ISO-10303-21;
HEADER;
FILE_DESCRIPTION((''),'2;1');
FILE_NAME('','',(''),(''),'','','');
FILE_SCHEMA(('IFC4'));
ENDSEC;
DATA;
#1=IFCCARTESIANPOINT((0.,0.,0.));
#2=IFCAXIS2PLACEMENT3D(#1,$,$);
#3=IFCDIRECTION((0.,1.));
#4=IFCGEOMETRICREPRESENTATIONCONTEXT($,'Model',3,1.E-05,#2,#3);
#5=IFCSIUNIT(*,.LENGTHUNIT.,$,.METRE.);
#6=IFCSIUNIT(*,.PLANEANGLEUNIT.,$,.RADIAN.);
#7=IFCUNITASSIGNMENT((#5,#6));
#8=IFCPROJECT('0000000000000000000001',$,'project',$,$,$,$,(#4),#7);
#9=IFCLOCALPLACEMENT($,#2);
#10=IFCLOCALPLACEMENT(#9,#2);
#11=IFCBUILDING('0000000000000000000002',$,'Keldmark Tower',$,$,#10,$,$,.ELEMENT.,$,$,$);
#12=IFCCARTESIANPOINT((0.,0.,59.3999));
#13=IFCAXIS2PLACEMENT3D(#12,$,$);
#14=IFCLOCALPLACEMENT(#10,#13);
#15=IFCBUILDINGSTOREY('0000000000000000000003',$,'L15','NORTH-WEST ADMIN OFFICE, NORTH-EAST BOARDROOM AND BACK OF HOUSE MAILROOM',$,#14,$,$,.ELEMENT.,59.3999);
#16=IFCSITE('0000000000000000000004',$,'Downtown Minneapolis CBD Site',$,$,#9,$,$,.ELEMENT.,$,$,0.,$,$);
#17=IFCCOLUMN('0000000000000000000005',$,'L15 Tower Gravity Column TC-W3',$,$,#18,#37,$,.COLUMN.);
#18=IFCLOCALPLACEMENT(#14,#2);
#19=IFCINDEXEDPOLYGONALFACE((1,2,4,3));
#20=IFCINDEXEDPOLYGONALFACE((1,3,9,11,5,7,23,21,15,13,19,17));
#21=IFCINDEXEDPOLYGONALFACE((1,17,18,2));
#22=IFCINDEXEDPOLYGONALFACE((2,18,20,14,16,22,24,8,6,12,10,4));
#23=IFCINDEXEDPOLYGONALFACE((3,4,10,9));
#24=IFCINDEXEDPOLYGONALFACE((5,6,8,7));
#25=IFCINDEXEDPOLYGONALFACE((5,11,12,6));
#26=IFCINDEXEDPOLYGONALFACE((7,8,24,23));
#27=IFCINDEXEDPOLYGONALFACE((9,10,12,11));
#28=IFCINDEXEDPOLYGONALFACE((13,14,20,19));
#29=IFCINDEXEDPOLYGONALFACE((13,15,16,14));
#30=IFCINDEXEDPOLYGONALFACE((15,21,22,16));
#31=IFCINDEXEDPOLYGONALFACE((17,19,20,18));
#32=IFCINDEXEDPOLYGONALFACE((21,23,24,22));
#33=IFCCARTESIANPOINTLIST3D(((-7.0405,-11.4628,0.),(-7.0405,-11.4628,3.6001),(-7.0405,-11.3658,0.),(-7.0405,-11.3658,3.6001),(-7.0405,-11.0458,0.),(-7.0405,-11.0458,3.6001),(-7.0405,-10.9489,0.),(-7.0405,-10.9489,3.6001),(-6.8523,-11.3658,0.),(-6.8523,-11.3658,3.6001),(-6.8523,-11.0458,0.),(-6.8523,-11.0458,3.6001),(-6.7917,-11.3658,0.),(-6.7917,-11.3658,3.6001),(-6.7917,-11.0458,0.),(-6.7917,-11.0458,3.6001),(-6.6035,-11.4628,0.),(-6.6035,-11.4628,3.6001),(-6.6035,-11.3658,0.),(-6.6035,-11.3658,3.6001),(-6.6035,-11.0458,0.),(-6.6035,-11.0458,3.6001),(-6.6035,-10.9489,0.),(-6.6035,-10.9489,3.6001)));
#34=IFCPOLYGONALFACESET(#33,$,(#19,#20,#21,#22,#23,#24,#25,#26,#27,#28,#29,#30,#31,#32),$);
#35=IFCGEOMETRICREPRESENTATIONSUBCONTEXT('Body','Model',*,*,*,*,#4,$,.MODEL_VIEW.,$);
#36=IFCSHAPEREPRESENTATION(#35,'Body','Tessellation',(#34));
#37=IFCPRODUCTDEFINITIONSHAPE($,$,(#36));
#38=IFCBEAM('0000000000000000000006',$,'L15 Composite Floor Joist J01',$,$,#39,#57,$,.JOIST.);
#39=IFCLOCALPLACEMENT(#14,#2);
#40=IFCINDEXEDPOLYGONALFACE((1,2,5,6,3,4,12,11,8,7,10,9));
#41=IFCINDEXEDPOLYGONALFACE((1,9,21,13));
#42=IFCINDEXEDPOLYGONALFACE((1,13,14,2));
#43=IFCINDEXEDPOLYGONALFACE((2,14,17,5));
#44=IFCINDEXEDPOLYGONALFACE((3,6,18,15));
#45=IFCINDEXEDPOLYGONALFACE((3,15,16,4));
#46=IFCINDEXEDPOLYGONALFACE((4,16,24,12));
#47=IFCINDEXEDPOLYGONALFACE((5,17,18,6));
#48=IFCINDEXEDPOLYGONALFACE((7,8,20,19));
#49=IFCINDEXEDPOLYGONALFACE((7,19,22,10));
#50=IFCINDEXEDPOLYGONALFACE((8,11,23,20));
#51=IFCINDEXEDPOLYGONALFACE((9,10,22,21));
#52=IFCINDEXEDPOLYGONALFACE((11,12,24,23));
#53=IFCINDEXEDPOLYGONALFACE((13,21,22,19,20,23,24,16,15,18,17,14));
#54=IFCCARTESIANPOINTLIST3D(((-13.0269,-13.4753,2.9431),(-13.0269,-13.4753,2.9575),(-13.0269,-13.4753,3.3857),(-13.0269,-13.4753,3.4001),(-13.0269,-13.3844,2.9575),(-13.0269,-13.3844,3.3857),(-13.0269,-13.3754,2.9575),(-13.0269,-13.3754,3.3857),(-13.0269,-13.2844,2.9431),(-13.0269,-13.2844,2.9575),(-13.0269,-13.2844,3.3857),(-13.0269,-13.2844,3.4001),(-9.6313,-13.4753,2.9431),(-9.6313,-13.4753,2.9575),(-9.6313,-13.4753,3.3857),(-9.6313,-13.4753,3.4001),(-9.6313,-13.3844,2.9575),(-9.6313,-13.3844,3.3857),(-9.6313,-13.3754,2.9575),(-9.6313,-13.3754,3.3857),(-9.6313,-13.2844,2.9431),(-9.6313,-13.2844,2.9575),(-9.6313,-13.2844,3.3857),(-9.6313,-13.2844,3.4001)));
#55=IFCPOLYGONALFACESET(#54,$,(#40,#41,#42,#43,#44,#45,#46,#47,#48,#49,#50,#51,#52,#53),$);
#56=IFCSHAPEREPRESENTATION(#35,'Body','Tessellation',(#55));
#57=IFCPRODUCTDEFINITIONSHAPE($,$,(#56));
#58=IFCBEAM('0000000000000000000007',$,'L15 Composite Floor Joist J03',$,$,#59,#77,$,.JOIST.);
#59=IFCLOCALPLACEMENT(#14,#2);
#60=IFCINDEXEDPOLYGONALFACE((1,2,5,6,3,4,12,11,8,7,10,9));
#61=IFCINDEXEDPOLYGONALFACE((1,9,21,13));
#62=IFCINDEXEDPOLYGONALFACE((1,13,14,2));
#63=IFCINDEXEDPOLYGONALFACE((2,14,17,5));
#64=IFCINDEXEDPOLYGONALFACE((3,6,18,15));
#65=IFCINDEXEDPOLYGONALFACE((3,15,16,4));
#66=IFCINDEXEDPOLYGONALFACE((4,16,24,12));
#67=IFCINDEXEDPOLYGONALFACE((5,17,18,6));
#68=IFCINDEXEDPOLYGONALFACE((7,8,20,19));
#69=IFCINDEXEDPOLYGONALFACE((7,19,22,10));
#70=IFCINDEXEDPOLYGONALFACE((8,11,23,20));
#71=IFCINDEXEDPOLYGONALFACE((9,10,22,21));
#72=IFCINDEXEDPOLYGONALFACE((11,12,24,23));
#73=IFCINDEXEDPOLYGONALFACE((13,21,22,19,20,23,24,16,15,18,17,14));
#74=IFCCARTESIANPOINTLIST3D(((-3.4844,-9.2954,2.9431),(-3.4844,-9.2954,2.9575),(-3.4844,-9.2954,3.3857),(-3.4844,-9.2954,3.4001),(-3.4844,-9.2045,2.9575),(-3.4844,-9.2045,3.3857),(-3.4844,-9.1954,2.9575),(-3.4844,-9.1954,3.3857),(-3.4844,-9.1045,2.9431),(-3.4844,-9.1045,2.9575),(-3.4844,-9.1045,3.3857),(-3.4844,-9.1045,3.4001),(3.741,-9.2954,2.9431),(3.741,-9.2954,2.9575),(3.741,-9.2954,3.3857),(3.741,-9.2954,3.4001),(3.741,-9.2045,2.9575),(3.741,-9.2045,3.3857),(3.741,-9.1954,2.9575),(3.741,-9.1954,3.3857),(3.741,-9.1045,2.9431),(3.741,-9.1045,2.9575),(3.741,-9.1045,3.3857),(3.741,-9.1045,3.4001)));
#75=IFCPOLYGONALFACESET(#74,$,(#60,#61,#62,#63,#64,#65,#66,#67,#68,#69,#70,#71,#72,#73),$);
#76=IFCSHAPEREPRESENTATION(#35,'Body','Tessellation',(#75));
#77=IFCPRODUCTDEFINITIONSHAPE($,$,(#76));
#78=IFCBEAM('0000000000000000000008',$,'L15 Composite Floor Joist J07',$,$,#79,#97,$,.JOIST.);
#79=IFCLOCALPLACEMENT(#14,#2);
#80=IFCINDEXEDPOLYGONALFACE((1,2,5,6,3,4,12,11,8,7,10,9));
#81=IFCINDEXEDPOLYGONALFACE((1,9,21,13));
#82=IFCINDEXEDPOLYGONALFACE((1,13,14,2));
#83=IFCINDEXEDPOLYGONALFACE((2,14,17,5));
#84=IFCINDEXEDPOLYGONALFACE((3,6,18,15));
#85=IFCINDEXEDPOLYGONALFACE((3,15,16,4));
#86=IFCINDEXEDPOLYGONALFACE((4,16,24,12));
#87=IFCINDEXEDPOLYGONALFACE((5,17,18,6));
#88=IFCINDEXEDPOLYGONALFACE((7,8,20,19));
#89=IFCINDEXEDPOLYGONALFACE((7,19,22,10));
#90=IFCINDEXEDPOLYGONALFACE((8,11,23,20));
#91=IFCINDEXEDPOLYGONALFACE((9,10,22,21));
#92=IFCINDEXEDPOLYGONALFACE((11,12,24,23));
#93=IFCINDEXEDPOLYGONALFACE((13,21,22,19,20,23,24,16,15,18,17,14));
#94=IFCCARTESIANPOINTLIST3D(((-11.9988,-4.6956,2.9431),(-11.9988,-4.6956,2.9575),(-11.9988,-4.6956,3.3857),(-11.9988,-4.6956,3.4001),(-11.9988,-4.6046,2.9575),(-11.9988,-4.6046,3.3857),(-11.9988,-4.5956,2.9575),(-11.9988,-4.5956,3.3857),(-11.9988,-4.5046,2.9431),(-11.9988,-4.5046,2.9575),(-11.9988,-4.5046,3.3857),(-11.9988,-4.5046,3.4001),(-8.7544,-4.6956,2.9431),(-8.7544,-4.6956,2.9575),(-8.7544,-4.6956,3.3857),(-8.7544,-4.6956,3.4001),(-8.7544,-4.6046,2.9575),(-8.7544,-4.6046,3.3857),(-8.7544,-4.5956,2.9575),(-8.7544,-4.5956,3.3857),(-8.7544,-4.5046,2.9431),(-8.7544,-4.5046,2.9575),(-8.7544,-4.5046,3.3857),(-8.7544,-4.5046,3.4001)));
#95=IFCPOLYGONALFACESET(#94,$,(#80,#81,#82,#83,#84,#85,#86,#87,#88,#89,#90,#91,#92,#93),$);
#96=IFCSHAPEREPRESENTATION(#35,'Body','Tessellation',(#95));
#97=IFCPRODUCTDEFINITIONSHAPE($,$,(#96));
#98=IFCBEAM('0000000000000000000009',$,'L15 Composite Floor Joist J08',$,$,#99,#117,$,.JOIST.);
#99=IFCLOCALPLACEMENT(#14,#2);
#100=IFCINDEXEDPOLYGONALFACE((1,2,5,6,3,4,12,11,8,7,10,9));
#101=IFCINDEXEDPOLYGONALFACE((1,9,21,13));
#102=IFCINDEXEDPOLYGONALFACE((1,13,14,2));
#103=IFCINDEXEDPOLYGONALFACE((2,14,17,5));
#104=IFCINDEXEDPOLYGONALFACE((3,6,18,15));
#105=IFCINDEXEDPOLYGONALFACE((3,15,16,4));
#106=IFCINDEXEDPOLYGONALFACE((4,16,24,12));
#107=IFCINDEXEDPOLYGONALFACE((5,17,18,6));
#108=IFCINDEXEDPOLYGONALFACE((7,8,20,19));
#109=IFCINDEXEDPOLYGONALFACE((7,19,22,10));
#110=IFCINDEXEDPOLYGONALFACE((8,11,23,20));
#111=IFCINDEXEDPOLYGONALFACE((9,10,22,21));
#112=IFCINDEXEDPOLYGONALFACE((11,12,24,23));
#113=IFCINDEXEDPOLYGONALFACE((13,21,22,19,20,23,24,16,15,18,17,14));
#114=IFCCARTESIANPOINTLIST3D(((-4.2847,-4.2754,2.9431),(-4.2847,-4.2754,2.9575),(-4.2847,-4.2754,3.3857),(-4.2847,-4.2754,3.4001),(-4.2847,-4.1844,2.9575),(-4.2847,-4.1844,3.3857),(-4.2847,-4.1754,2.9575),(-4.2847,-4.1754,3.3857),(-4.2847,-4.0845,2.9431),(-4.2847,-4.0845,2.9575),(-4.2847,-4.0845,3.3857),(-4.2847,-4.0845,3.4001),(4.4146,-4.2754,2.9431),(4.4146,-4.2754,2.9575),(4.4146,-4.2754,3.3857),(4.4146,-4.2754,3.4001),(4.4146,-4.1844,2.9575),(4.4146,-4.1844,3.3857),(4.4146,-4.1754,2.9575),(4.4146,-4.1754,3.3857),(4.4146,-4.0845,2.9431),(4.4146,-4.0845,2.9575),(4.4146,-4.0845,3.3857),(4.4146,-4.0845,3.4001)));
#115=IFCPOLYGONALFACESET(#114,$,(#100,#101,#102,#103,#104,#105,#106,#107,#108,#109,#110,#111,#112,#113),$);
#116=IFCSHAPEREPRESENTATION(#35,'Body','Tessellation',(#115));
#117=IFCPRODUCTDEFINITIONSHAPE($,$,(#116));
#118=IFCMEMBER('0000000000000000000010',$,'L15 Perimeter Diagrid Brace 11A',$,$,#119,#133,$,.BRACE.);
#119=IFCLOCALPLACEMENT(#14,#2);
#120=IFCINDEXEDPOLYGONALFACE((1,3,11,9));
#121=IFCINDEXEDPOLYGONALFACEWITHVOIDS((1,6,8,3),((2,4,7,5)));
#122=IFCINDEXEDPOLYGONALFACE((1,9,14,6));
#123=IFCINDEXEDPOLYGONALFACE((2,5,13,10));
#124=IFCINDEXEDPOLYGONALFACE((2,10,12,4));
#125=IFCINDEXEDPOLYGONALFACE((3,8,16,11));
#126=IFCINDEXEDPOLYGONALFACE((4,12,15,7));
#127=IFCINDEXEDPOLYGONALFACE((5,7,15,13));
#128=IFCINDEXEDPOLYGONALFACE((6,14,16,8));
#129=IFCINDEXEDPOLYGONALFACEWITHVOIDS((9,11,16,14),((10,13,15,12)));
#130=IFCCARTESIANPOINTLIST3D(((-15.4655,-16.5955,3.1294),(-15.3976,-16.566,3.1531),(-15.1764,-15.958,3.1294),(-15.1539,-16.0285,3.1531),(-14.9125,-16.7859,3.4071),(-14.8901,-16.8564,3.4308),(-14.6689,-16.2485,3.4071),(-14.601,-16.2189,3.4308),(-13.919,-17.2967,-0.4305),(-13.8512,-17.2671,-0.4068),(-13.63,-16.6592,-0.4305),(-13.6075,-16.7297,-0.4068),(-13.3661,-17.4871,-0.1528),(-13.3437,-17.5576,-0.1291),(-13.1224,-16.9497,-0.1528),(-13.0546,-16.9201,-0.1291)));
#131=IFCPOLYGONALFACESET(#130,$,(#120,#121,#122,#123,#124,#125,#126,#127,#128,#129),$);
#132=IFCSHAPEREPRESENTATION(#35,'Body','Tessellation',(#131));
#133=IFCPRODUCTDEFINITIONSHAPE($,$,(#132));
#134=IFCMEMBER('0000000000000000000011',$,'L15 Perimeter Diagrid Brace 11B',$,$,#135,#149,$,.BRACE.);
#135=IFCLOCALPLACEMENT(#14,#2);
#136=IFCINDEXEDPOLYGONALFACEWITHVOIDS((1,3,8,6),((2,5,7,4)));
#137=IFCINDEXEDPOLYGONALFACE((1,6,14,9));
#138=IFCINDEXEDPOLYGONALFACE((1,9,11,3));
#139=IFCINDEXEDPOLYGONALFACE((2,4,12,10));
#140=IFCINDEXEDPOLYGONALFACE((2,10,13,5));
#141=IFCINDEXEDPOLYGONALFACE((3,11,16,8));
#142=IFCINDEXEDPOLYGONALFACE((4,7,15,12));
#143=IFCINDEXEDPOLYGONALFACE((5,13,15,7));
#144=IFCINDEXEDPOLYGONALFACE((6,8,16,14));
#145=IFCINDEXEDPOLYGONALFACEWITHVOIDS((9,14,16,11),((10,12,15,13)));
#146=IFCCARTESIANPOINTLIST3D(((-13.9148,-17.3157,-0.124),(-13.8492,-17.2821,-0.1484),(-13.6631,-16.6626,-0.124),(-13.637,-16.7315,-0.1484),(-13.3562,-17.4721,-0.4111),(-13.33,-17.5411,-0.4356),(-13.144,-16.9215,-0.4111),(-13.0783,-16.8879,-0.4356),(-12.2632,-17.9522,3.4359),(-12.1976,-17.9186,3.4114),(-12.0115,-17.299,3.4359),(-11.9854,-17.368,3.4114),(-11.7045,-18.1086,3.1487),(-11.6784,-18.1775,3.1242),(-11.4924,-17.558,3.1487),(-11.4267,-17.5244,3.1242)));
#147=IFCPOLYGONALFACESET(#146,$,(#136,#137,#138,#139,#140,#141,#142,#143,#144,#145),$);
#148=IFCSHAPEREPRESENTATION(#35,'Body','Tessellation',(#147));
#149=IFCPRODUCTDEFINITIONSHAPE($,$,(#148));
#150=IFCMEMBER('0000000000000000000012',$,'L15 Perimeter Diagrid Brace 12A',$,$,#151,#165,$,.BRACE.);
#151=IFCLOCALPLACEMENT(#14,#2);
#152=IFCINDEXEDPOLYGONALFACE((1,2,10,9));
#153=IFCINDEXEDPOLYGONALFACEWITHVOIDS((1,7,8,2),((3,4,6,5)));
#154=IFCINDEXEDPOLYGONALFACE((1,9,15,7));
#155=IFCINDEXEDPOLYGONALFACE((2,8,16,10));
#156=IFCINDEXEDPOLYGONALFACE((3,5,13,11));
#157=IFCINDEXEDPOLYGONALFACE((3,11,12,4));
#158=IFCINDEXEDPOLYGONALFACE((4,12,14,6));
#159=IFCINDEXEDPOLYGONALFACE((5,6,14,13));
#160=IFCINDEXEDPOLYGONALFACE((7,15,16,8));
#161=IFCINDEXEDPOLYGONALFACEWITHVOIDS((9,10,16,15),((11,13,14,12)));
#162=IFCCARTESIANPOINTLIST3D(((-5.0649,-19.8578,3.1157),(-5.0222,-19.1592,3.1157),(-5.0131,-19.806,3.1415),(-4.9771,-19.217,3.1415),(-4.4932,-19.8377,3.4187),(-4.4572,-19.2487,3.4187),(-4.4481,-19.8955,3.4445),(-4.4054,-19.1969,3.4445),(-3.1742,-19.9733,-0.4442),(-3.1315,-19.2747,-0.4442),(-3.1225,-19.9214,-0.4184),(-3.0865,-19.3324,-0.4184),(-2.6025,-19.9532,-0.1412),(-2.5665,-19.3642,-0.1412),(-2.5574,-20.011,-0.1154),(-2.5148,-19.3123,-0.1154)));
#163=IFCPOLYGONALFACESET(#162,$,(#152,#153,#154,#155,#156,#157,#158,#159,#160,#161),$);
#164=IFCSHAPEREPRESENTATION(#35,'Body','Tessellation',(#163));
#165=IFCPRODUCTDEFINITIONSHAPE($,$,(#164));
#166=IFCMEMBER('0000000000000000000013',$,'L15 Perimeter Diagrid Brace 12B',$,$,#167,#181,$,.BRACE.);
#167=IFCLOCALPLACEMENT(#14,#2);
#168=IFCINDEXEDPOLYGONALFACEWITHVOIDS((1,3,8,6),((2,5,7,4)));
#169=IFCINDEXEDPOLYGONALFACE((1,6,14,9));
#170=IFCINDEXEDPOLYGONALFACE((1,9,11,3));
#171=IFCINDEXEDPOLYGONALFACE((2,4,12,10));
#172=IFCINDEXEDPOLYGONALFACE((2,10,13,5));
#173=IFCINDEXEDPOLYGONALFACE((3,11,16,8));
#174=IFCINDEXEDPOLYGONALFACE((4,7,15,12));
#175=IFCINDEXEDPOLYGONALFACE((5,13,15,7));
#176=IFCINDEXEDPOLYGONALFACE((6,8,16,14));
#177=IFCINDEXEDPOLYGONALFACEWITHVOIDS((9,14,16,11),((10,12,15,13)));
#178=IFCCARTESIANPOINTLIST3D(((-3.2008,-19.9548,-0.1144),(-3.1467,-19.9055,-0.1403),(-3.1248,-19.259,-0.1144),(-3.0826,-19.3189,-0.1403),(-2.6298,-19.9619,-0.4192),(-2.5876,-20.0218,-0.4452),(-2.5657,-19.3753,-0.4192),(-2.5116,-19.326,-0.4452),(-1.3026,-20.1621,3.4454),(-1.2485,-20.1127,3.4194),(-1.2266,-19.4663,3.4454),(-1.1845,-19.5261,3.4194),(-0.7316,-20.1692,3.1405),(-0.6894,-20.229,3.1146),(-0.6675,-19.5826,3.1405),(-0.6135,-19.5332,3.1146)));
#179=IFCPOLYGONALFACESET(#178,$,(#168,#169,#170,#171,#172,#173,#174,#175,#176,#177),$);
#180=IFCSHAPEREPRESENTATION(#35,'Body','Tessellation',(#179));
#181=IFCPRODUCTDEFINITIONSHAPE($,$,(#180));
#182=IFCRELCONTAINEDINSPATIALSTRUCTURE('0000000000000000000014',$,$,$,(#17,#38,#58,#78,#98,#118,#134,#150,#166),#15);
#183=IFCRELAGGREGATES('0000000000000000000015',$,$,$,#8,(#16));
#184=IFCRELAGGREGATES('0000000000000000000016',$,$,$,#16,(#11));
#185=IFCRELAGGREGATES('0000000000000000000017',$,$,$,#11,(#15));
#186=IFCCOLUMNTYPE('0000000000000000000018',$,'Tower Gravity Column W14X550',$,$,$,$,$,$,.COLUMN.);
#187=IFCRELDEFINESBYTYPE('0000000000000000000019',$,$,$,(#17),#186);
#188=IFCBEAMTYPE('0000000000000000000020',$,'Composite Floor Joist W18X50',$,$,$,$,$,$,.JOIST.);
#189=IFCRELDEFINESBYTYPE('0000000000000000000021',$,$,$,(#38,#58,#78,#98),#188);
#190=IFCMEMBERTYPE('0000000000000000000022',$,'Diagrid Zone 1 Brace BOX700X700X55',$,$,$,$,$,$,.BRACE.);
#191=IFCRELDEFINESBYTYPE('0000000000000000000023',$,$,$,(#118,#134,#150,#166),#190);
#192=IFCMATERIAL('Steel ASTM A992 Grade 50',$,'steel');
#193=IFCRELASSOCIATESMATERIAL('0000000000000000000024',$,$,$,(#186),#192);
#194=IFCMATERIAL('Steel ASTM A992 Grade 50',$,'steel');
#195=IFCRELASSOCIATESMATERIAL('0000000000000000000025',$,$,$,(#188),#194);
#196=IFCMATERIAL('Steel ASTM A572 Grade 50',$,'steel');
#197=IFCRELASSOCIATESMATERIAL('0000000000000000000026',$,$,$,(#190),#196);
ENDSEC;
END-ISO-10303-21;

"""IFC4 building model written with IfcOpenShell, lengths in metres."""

from ifc_helpers import new_model, si_unit, direction, frame, origin, origin_2d, place, context, subcontext, project, spatial, hollow_rectangle, i_section, extrude, material, material_profile, profile_set, type_object, element, save


model = new_model("IFC4")

# Units and contexts
model_context = context("Model", 3, precision=1e-05, world=origin(), true_north=direction((0.0, 1.0)))
body_context = subcontext(model_context, "Body", "Model", "MODEL_VIEW")
ifc_project = project(units=[si_unit("LENGTHUNIT", "METRE"), si_unit("PLANEANGLEUNIT", "RADIAN")], contexts=[model_context])

# Site, building, storey
site_placement = place(None, origin())
site = spatial("IfcSite", under=ifc_project, at=site_placement, Name="Downtown Minneapolis CBD Site", CompositionType="ELEMENT", RefElevation=0.0)
building_placement = place(site_placement, origin())
building = spatial("IfcBuilding", under=site, at=building_placement, Name="Keldmark Tower", CompositionType="ELEMENT")
storey_placement = place(building_placement, frame((0.0, 0.0, 59.3999)))
storey = spatial("IfcBuildingStorey", under=building, at=storey_placement, Name="L15", Description="NORTH-WEST ADMIN OFFICE, NORTH-EAST BOARDROOM AND BACK OF HOUSE MAILROOM", CompositionType="ELEMENT", Elevation=59.3999)

# Column
ifc_material_1 = material(Name="Steel ASTM A992 Grade 50", Category="steel")
ifc_material_profile_1 = material_profile(ifc_material_1, i_section(OverallWidth=0.437, OverallDepth=0.5139, WebThickness=0.0605, FlangeThickness=0.0969, at=origin_2d()), Name="W14X550")
ifc_profile_set_1 = profile_set([ifc_material_profile_1], Name="Steel ASTM A992 Grade 50")
column_type = type_object("IfcColumnType", Name="Tower Gravity Column W14X550", PredefinedType="COLUMN", material=ifc_profile_set_1)
column_placement = place(storey_placement, frame((-6.822, -11.2058, 0.0), z_axis=(0.0, 0.0, 1.0), x_axis=(1.0, 0.0, 0.0)))
element("IfcColumn", 1, at=column_placement, inside=storey, type_object=column_type, Name="L15 Tower Gravity Column TC-W3", PredefinedType="COLUMN", context=body_context, shape_type="SweptSolid", body=[
    extrude(i_section(OverallWidth=0.437, OverallDepth=0.5139, WebThickness=0.0605, FlangeThickness=0.0969, at=origin_2d()), origin(), (0.0, 0.0, 1.0), 3.6001),
])

# Beams
ifc_material_2 = material(Name="Steel ASTM A992 Grade 50", Category="steel")
ifc_material_profile_2 = material_profile(ifc_material_2, i_section(OverallWidth=0.1909, OverallDepth=0.457, WebThickness=0.009, FlangeThickness=0.0144, at=origin_2d()), Name="W18X50")
ifc_profile_set_2 = profile_set([ifc_material_profile_2], Name="Steel ASTM A992 Grade 50")
beam_type_1 = type_object("IfcBeamType", Name="Composite Floor Joist W18X50", PredefinedType="JOIST", material=ifc_profile_set_2)
beam_1_placement = place(storey_placement, frame((-13.0269, -13.3799, 3.1716), z_axis=(1.0, 0.0, 0.0), x_axis=(0.0, 1.0, 0.0)))
element("IfcBeam", 2, at=beam_1_placement, inside=storey, type_object=beam_type_1, Name="L15 Composite Floor Joist J01", PredefinedType="JOIST", context=body_context, shape_type="SweptSolid", body=[
    extrude(i_section(OverallWidth=0.1909, OverallDepth=0.457, WebThickness=0.009, FlangeThickness=0.0144, at=origin_2d()), origin(), (0.0, 0.0, 1.0), 3.3955),
])
beam_2_placement = place(storey_placement, frame((-3.4844, -9.2, 3.1716), z_axis=(1.0, 0.0, 0.0), x_axis=(0.0, 1.0, 0.0)))
element("IfcBeam", 3, at=beam_2_placement, inside=storey, type_object=beam_type_1, Name="L15 Composite Floor Joist J03", PredefinedType="JOIST", context=body_context, shape_type="SweptSolid", body=[
    extrude(i_section(OverallWidth=0.1909, OverallDepth=0.457, WebThickness=0.009, FlangeThickness=0.0144, at=origin_2d()), origin(), (0.0, 0.0, 1.0), 7.2253),
])
beam_3_placement = place(storey_placement, frame((-11.9988, -4.6001, 3.1716), z_axis=(1.0, 0.0, 0.0), x_axis=(0.0, 1.0, 0.0)))
element("IfcBeam", 4, at=beam_3_placement, inside=storey, type_object=beam_type_1, Name="L15 Composite Floor Joist J07", PredefinedType="JOIST", context=body_context, shape_type="SweptSolid", body=[
    extrude(i_section(OverallWidth=0.1909, OverallDepth=0.457, WebThickness=0.009, FlangeThickness=0.0144, at=origin_2d()), origin(), (0.0, 0.0, 1.0), 3.2444),
])
beam_4_placement = place(storey_placement, frame((-4.2847, -4.1799, 3.1716), z_axis=(1.0, 0.0, 0.0), x_axis=(0.0, 1.0, 0.0)))
element("IfcBeam", 5, at=beam_4_placement, inside=storey, type_object=beam_type_1, Name="L15 Composite Floor Joist J08", PredefinedType="JOIST", context=body_context, shape_type="SweptSolid", body=[
    extrude(i_section(OverallWidth=0.1909, OverallDepth=0.457, WebThickness=0.009, FlangeThickness=0.0144, at=origin_2d()), origin(), (0.0, 0.0, 1.0), 8.6992),
])

# Members
ifc_material_3 = material(Name="Steel ASTM A572 Grade 50", Category="steel")
ifc_material_profile_3 = material_profile(ifc_material_3, hollow_rectangle(XDim=0.7, YDim=0.7, WallThickness=0.0549, at=origin_2d()), Name="BOX700X700X55")
ifc_profile_set_3 = profile_set([ifc_material_profile_3], Name="Steel ASTM A572 Grade 50")
member_type = type_object("IfcMemberType", Name="Diagrid Zone 1 Brace BOX700X700X55", PredefinedType="BRACE", material=ifc_profile_set_3)
member_1_placement = place(storey_placement, frame((-13.4868, -17.1084, -0.2798), z_axis=(-0.392085, 0.177781, 0.902587), x_axis=(-0.412958, -0.91075, 0.0)))
element("IfcMember", 6, at=member_1_placement, inside=storey, type_object=member_type, Name="L15 Perimeter Diagrid Brace 11A", PredefinedType="BRACE", context=body_context, shape_type="SweptSolid", body=[
    extrude(hollow_rectangle(XDim=0.7, YDim=0.7, WallThickness=0.0549, at=origin_2d()), origin(), (0.0, 0.0, 1.0), 3.9441),
])
member_2_placement = place(storey_placement, frame((-13.4966, -17.1018, -0.2798), z_axis=(0.41544, -0.160096, 0.895421), x_axis=(0.359589, 0.933111, 0.0)))
element("IfcMember", 7, at=member_2_placement, inside=storey, type_object=member_type, Name="L15 Perimeter Diagrid Brace 11B", PredefinedType="BRACE", context=body_context, shape_type="SweptSolid", body=[
    extrude(hollow_rectangle(XDim=0.7, YDim=0.7, WallThickness=0.0549, at=origin_2d()), origin(), (0.0, 0.0, 1.0), 3.9756),
])
member_3_placement = place(storey_placement, frame((-2.8445, -19.6428, -0.2798), z_axis=(-0.468861, 0.028638, 0.882808), x_axis=(-0.060966, -0.99814, 0.0)))
element("IfcMember", 8, at=member_3_placement, inside=storey, type_object=member_type, Name="L15 Perimeter Diagrid Brace 12A", PredefinedType="BRACE", context=body_context, shape_type="SweptSolid", body=[
    extrude(hollow_rectangle(XDim=0.7, YDim=0.7, WallThickness=0.0549, at=origin_2d()), origin(), (0.0, 0.0, 1.0), 4.0325),
])
member_4_placement = place(storey_placement, frame((-2.8562, -19.6404, -0.2798), z_axis=(0.469896, -0.051311, 0.881229), x_axis=(0.108551, 0.994091, 0.0)))
element("IfcMember", 9, at=member_4_placement, inside=storey, type_object=member_type, Name="L15 Perimeter Diagrid Brace 12B", PredefinedType="BRACE", context=body_context, shape_type="SweptSolid", body=[
    extrude(hollow_rectangle(XDim=0.7, YDim=0.7, WallThickness=0.0549, at=origin_2d()), origin(), (0.0, 0.0, 1.0), 4.0396),
])

save(model, "model.ifc")
